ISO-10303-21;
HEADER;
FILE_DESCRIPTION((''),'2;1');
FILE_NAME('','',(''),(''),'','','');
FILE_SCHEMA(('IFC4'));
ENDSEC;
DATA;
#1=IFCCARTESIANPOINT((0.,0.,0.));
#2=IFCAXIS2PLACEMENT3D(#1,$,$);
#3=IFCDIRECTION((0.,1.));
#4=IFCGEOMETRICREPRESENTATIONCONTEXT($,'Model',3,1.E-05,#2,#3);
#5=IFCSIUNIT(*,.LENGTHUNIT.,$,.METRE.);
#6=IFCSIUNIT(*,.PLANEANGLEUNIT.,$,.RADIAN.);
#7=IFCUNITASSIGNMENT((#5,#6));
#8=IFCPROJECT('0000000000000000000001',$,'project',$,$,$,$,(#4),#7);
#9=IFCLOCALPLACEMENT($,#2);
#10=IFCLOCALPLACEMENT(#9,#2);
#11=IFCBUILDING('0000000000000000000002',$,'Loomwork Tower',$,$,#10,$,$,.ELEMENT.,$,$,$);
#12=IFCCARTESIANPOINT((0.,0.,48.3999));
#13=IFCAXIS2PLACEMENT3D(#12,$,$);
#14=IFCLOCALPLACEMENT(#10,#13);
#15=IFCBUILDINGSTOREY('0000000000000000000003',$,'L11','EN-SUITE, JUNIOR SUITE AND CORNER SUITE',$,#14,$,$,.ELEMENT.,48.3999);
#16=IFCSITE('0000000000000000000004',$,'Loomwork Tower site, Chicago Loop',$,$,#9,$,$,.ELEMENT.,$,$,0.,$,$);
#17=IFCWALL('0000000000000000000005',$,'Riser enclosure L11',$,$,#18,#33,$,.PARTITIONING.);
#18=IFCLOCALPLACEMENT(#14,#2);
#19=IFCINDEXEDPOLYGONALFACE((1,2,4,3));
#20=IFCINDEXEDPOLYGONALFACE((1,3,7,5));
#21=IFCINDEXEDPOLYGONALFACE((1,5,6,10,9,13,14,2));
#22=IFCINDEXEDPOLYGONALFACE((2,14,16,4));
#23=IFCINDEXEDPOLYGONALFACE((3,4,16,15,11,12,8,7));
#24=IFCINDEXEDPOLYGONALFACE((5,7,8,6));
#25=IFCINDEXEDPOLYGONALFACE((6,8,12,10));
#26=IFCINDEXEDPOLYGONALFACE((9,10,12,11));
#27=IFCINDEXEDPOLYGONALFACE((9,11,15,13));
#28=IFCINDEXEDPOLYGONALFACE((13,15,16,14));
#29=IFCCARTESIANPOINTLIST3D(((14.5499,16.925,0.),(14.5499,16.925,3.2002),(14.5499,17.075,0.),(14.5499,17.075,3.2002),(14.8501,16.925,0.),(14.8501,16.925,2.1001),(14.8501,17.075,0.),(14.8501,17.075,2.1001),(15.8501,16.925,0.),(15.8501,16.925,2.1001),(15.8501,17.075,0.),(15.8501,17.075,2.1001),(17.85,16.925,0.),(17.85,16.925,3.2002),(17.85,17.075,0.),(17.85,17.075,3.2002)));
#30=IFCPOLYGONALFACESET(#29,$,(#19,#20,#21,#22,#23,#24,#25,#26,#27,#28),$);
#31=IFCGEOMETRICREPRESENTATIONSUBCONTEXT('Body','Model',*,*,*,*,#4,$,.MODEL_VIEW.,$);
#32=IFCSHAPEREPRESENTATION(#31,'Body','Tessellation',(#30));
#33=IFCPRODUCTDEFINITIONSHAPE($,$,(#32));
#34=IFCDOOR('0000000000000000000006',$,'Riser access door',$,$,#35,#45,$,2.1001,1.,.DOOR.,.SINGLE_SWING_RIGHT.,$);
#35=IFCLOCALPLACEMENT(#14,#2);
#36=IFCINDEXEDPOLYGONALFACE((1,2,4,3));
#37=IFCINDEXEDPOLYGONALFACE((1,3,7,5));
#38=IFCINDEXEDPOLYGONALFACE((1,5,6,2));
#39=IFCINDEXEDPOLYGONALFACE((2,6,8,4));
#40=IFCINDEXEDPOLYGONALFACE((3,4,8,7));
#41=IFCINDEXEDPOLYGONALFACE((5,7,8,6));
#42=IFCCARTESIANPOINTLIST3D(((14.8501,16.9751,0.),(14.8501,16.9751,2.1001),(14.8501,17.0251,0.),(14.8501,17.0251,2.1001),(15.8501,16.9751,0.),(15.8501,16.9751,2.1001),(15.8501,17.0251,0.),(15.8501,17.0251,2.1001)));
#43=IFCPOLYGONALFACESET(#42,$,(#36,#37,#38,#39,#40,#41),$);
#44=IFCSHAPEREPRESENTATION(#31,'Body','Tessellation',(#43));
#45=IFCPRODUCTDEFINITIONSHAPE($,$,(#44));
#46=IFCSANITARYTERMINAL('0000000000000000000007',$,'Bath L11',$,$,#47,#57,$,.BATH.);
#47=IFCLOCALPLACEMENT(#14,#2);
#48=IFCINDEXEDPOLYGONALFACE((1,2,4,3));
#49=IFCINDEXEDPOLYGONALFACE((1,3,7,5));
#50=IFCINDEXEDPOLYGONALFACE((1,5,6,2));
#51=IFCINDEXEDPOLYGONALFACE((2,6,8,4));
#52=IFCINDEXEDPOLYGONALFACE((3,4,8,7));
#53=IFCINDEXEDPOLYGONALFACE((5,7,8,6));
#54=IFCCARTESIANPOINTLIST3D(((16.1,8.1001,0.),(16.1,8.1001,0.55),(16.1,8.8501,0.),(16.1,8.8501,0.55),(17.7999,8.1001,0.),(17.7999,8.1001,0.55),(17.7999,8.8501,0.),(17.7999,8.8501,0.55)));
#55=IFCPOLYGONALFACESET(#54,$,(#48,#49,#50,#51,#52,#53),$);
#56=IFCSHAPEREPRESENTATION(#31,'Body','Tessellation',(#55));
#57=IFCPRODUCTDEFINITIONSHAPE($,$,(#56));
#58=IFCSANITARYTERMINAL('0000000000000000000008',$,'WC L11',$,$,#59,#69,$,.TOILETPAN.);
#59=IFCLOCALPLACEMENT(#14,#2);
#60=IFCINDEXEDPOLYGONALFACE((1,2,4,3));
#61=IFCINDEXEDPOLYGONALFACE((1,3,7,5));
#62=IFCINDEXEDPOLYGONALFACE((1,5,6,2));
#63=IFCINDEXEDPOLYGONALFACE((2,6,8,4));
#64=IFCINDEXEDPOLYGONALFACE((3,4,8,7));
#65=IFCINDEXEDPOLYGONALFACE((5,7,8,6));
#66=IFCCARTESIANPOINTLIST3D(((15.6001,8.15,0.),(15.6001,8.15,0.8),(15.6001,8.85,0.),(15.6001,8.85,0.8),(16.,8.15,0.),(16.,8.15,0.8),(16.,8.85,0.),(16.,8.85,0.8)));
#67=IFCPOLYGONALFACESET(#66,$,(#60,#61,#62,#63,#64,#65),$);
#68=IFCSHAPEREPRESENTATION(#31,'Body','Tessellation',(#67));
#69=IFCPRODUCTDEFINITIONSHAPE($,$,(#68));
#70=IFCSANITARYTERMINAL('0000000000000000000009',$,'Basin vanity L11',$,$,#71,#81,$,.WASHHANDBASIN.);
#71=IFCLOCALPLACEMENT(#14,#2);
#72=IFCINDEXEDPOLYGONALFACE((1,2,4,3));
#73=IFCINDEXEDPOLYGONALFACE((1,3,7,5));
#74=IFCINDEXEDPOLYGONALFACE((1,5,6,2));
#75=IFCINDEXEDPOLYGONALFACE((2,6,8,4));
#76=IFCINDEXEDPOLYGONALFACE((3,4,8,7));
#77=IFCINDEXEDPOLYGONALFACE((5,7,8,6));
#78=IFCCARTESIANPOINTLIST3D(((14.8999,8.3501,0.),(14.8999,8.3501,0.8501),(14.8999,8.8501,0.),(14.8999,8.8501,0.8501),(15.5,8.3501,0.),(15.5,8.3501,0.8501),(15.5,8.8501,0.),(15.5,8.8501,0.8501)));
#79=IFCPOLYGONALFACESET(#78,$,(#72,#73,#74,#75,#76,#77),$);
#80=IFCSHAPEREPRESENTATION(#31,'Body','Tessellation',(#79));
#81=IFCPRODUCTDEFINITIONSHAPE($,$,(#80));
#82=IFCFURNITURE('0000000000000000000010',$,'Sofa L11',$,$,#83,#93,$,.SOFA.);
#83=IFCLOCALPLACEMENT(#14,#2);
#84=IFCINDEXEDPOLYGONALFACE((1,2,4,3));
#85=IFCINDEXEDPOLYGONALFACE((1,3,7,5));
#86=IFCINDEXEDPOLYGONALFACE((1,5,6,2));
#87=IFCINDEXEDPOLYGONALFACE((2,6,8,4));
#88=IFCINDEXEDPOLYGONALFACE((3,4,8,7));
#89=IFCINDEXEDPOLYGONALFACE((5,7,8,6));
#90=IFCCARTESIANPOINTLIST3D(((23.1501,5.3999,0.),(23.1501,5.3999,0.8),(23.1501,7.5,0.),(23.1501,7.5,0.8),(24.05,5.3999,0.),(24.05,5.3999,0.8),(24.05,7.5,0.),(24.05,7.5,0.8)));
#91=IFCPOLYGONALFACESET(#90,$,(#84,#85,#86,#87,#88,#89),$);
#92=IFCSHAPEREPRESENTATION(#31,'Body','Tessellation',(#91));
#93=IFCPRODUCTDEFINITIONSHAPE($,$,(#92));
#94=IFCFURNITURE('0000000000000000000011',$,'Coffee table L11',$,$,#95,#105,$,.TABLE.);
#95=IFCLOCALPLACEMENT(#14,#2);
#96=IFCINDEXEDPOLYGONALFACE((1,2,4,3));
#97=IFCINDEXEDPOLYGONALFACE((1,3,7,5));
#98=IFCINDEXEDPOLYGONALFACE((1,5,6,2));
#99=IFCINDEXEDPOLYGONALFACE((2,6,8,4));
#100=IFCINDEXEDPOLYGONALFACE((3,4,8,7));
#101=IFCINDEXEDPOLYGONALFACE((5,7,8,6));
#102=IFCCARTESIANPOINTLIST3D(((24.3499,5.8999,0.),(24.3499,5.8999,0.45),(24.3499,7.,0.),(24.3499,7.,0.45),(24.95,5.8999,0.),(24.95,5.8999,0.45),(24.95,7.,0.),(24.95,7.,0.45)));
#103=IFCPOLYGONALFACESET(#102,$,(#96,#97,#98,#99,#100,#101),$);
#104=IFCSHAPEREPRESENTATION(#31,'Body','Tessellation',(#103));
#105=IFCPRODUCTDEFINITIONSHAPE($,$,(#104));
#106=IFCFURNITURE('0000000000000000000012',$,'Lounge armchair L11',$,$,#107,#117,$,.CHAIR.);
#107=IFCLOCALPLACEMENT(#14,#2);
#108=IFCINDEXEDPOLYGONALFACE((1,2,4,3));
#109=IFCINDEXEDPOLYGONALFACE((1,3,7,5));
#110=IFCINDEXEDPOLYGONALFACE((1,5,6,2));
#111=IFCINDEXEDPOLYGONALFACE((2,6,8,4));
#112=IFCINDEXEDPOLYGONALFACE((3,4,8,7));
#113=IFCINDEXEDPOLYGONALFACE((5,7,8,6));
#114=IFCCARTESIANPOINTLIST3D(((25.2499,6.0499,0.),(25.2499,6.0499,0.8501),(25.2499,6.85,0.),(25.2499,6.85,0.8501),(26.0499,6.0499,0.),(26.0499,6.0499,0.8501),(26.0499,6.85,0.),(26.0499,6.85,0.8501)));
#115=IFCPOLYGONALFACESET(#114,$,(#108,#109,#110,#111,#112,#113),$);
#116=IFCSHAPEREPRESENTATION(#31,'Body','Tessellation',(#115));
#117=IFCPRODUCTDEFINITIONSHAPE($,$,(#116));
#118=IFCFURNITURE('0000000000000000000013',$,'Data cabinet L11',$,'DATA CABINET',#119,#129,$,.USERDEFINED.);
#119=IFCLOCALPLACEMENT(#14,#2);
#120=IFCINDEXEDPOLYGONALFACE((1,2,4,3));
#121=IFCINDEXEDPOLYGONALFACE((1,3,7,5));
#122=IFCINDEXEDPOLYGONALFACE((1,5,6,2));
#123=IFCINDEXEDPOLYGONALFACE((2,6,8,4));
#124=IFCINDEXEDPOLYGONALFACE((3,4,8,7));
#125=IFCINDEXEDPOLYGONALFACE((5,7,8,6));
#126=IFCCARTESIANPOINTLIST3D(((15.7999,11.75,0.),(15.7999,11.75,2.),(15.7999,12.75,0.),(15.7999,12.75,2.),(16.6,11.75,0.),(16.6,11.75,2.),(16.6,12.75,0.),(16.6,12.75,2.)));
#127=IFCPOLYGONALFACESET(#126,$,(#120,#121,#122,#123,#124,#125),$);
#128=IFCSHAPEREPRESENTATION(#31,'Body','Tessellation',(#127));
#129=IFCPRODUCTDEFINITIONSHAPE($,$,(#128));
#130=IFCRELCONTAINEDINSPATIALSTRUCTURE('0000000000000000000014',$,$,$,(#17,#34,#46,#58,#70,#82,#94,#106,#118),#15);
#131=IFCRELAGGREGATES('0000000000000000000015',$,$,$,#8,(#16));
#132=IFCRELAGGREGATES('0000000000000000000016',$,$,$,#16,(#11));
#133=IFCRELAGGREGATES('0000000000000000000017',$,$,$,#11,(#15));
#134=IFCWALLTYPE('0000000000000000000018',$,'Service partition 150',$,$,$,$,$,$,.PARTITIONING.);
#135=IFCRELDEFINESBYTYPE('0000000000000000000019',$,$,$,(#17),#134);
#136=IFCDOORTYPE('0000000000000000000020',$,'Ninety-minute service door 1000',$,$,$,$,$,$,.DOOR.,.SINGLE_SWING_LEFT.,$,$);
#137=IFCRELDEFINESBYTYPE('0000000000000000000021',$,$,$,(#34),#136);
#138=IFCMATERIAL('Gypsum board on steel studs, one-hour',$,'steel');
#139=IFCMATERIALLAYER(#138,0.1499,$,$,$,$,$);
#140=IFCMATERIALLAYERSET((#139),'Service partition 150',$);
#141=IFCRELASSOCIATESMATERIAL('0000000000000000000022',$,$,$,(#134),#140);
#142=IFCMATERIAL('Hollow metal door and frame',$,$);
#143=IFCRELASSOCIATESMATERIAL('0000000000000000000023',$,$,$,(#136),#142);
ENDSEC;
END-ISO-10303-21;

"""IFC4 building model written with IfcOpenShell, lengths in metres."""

from ifc_helpers import new_model, si_unit, direction, frame, frame_2d, origin, origin_2d, place, context, subcontext, project, spatial, rectangle, extrude, material, layer, layer_set, type_object, element, fill, save


model = new_model("IFC4")

# Units and contexts
model_context = context("Model", 3, precision=1e-05, world=origin(), true_north=direction((0.0, 1.0)))
body_context = subcontext(model_context, "Body", "Model", "MODEL_VIEW")
ifc_project = project(units=[si_unit("LENGTHUNIT", "METRE"), si_unit("PLANEANGLEUNIT", "RADIAN")], contexts=[model_context])

# Site, building, storey
site_placement = place(None, origin())
site = spatial("IfcSite", under=ifc_project, at=site_placement, Name="Loomwork Tower site, Chicago Loop", CompositionType="ELEMENT", RefElevation=0.0)
building_placement = place(site_placement, origin())
building = spatial("IfcBuilding", under=site, at=building_placement, Name="Loomwork Tower", CompositionType="ELEMENT")
storey_placement = place(building_placement, frame((0.0, 0.0, 48.3999)))
storey = spatial("IfcBuildingStorey", under=building, at=storey_placement, Name="L11", Description="EN-SUITE, JUNIOR SUITE AND CORNER SUITE", CompositionType="ELEMENT", Elevation=48.3999)

# Wall, opening, door
ifc_material_1 = material(Name="Gypsum board on steel studs, one-hour", Category="steel")
ifc_layer_1 = layer(ifc_material_1, 0.1499)
ifc_layer_set_1 = layer_set([ifc_layer_1], Name="Service partition 150")
wall_type_1 = type_object("IfcWallType", Name="Service partition 150", PredefinedType="PARTITIONING", material=ifc_layer_set_1)
wall_1_placement = place(storey_placement, frame((14.55, 17.0, 0.0), z_axis=(0.0, 0.0, 1.0), x_axis=(1.0, 0.0, 0.0)))
wall_1 = element("IfcWall", 1, at=wall_1_placement, inside=storey, type_object=wall_type_1, Name="Riser enclosure L11", PredefinedType="PARTITIONING", context=body_context, shape_type="SweptSolid", body=[
    extrude(rectangle(XDim=3.3, YDim=0.1499, at=frame_2d((1.6499, 0.0))), origin(), (0.0, 0.0, 1.0), 3.2002),
])
opening_1_placement = place(wall_1_placement, frame((0.3, 0.0, 0.0)))
opening_1 = element("IfcOpeningElement", 2, at=opening_1_placement, cuts=wall_1, PredefinedType="OPENING", context=body_context, shape_type="SweptSolid", body=[
    extrude(rectangle(XDim=1.0, YDim=2.1001, at=frame_2d((0.5, 1.05))), frame((0.0, 0.085, 0.0), z_axis=(0.0, -1.0, 0.0), x_axis=(1.0, 0.0, 0.0)), (0.0, 0.0, 1.0), 0.1699),
])
ifc_material_2 = material(Name="Hollow metal door and frame")
door_type_1 = type_object("IfcDoorType", Name="Ninety-minute service door 1000", OperationType="SINGLE_SWING_LEFT", PredefinedType="DOOR", material=ifc_material_2)
door_1_placement = place(opening_1_placement, frame((1.0, 0.0, 0.0), z_axis=(0.0, 0.0, 1.0), x_axis=(-1.0, 0.0, 0.0)))
door_1 = element("IfcDoor", 3, at=door_1_placement, inside=storey, type_object=door_type_1, Name="Riser access door", OperationType="SINGLE_SWING_RIGHT", OverallHeight=2.1001, OverallWidth=1.0, PredefinedType="DOOR", context=body_context, shape_type="SweptSolid", body=[
    extrude(rectangle(XDim=1.0, YDim=2.1001, at=frame_2d((0.5, 1.05))), frame((0.0, 0.0249, 0.0), z_axis=(0.0, -1.0, 0.0), x_axis=(1.0, 0.0, 0.0)), (0.0, 0.0, 1.0), 0.05),
])
fill(opening_1, door_1)

# Sanitary terminals
sanitary_terminal_1_placement = place(storey_placement, frame((16.95, 8.4751, 0.0), z_axis=(0.0, 0.0, 1.0), x_axis=(1.0, 0.0, 0.0)))
element("IfcSanitaryTerminal", 4, at=sanitary_terminal_1_placement, inside=storey, Name="Bath L11", PredefinedType="BATH", context=body_context, shape_type="SweptSolid", body=[
    extrude(rectangle(XDim=1.7, YDim=0.75, at=origin_2d()), origin(), (0.0, 0.0, 1.0), 0.55),
])
sanitary_terminal_2_placement = place(storey_placement, frame((15.8, 8.5, 0.0), z_axis=(0.0, 0.0, 1.0), x_axis=(1.0, 0.0, 0.0)))
element("IfcSanitaryTerminal", 5, at=sanitary_terminal_2_placement, inside=storey, Name="WC L11", PredefinedType="TOILETPAN", context=body_context, shape_type="SweptSolid", body=[
    extrude(rectangle(XDim=0.3999, YDim=0.7, at=origin_2d()), origin(), (0.0, 0.0, 1.0), 0.8),
])
sanitary_terminal_3_placement = place(storey_placement, frame((15.2, 8.6001, 0.0), z_axis=(0.0, 0.0, 1.0), x_axis=(1.0, 0.0, 0.0)))
element("IfcSanitaryTerminal", 6, at=sanitary_terminal_3_placement, inside=storey, Name="Basin vanity L11", PredefinedType="WASHHANDBASIN", context=body_context, shape_type="SweptSolid", body=[
    extrude(rectangle(XDim=0.6001, YDim=0.5, at=origin_2d()), origin(), (0.0, 0.0, 1.0), 0.8501),
])

# Furniture
furniture_1_placement = place(storey_placement, frame((23.6001, 6.45, 0.0), z_axis=(0.0, 0.0, 1.0), x_axis=(1.0, 0.0, 0.0)))
element("IfcFurniture", 7, at=furniture_1_placement, inside=storey, Name="Sofa L11", PredefinedType="SOFA", context=body_context, shape_type="SweptSolid", body=[
    extrude(rectangle(XDim=0.8999, YDim=2.1001, at=origin_2d()), origin(), (0.0, 0.0, 1.0), 0.8),
])
furniture_2_placement = place(storey_placement, frame((24.6499, 6.45, 0.0), z_axis=(0.0, 0.0, 1.0), x_axis=(1.0, 0.0, 0.0)))
element("IfcFurniture", 8, at=furniture_2_placement, inside=storey, Name="Coffee table L11", PredefinedType="TABLE", context=body_context, shape_type="SweptSolid", body=[
    extrude(rectangle(XDim=0.6001, YDim=1.1001, at=origin_2d()), origin(), (0.0, 0.0, 1.0), 0.45),
])
furniture_3_placement = place(storey_placement, frame((25.6499, 6.45, 0.0), z_axis=(0.0, 0.0, 1.0), x_axis=(1.0, 0.0, 0.0)))
element("IfcFurniture", 9, at=furniture_3_placement, inside=storey, Name="Lounge armchair L11", PredefinedType="CHAIR", context=body_context, shape_type="SweptSolid", body=[
    extrude(rectangle(XDim=0.8, YDim=0.8, at=origin_2d()), origin(), (0.0, 0.0, 1.0), 0.8501),
])
furniture_4_placement = place(storey_placement, frame((16.2, 12.25, 0.0), z_axis=(0.0, 0.0, 1.0), x_axis=(1.0, 0.0, 0.0)))
element("IfcFurniture", 10, at=furniture_4_placement, inside=storey, Name="Data cabinet L11", ObjectType="DATA CABINET", PredefinedType="USERDEFINED", context=body_context, shape_type="SweptSolid", body=[
    extrude(rectangle(XDim=0.8, YDim=1.0, at=origin_2d()), origin(), (0.0, 0.0, 1.0), 2.0),
])

save(model, "model.ifc")
